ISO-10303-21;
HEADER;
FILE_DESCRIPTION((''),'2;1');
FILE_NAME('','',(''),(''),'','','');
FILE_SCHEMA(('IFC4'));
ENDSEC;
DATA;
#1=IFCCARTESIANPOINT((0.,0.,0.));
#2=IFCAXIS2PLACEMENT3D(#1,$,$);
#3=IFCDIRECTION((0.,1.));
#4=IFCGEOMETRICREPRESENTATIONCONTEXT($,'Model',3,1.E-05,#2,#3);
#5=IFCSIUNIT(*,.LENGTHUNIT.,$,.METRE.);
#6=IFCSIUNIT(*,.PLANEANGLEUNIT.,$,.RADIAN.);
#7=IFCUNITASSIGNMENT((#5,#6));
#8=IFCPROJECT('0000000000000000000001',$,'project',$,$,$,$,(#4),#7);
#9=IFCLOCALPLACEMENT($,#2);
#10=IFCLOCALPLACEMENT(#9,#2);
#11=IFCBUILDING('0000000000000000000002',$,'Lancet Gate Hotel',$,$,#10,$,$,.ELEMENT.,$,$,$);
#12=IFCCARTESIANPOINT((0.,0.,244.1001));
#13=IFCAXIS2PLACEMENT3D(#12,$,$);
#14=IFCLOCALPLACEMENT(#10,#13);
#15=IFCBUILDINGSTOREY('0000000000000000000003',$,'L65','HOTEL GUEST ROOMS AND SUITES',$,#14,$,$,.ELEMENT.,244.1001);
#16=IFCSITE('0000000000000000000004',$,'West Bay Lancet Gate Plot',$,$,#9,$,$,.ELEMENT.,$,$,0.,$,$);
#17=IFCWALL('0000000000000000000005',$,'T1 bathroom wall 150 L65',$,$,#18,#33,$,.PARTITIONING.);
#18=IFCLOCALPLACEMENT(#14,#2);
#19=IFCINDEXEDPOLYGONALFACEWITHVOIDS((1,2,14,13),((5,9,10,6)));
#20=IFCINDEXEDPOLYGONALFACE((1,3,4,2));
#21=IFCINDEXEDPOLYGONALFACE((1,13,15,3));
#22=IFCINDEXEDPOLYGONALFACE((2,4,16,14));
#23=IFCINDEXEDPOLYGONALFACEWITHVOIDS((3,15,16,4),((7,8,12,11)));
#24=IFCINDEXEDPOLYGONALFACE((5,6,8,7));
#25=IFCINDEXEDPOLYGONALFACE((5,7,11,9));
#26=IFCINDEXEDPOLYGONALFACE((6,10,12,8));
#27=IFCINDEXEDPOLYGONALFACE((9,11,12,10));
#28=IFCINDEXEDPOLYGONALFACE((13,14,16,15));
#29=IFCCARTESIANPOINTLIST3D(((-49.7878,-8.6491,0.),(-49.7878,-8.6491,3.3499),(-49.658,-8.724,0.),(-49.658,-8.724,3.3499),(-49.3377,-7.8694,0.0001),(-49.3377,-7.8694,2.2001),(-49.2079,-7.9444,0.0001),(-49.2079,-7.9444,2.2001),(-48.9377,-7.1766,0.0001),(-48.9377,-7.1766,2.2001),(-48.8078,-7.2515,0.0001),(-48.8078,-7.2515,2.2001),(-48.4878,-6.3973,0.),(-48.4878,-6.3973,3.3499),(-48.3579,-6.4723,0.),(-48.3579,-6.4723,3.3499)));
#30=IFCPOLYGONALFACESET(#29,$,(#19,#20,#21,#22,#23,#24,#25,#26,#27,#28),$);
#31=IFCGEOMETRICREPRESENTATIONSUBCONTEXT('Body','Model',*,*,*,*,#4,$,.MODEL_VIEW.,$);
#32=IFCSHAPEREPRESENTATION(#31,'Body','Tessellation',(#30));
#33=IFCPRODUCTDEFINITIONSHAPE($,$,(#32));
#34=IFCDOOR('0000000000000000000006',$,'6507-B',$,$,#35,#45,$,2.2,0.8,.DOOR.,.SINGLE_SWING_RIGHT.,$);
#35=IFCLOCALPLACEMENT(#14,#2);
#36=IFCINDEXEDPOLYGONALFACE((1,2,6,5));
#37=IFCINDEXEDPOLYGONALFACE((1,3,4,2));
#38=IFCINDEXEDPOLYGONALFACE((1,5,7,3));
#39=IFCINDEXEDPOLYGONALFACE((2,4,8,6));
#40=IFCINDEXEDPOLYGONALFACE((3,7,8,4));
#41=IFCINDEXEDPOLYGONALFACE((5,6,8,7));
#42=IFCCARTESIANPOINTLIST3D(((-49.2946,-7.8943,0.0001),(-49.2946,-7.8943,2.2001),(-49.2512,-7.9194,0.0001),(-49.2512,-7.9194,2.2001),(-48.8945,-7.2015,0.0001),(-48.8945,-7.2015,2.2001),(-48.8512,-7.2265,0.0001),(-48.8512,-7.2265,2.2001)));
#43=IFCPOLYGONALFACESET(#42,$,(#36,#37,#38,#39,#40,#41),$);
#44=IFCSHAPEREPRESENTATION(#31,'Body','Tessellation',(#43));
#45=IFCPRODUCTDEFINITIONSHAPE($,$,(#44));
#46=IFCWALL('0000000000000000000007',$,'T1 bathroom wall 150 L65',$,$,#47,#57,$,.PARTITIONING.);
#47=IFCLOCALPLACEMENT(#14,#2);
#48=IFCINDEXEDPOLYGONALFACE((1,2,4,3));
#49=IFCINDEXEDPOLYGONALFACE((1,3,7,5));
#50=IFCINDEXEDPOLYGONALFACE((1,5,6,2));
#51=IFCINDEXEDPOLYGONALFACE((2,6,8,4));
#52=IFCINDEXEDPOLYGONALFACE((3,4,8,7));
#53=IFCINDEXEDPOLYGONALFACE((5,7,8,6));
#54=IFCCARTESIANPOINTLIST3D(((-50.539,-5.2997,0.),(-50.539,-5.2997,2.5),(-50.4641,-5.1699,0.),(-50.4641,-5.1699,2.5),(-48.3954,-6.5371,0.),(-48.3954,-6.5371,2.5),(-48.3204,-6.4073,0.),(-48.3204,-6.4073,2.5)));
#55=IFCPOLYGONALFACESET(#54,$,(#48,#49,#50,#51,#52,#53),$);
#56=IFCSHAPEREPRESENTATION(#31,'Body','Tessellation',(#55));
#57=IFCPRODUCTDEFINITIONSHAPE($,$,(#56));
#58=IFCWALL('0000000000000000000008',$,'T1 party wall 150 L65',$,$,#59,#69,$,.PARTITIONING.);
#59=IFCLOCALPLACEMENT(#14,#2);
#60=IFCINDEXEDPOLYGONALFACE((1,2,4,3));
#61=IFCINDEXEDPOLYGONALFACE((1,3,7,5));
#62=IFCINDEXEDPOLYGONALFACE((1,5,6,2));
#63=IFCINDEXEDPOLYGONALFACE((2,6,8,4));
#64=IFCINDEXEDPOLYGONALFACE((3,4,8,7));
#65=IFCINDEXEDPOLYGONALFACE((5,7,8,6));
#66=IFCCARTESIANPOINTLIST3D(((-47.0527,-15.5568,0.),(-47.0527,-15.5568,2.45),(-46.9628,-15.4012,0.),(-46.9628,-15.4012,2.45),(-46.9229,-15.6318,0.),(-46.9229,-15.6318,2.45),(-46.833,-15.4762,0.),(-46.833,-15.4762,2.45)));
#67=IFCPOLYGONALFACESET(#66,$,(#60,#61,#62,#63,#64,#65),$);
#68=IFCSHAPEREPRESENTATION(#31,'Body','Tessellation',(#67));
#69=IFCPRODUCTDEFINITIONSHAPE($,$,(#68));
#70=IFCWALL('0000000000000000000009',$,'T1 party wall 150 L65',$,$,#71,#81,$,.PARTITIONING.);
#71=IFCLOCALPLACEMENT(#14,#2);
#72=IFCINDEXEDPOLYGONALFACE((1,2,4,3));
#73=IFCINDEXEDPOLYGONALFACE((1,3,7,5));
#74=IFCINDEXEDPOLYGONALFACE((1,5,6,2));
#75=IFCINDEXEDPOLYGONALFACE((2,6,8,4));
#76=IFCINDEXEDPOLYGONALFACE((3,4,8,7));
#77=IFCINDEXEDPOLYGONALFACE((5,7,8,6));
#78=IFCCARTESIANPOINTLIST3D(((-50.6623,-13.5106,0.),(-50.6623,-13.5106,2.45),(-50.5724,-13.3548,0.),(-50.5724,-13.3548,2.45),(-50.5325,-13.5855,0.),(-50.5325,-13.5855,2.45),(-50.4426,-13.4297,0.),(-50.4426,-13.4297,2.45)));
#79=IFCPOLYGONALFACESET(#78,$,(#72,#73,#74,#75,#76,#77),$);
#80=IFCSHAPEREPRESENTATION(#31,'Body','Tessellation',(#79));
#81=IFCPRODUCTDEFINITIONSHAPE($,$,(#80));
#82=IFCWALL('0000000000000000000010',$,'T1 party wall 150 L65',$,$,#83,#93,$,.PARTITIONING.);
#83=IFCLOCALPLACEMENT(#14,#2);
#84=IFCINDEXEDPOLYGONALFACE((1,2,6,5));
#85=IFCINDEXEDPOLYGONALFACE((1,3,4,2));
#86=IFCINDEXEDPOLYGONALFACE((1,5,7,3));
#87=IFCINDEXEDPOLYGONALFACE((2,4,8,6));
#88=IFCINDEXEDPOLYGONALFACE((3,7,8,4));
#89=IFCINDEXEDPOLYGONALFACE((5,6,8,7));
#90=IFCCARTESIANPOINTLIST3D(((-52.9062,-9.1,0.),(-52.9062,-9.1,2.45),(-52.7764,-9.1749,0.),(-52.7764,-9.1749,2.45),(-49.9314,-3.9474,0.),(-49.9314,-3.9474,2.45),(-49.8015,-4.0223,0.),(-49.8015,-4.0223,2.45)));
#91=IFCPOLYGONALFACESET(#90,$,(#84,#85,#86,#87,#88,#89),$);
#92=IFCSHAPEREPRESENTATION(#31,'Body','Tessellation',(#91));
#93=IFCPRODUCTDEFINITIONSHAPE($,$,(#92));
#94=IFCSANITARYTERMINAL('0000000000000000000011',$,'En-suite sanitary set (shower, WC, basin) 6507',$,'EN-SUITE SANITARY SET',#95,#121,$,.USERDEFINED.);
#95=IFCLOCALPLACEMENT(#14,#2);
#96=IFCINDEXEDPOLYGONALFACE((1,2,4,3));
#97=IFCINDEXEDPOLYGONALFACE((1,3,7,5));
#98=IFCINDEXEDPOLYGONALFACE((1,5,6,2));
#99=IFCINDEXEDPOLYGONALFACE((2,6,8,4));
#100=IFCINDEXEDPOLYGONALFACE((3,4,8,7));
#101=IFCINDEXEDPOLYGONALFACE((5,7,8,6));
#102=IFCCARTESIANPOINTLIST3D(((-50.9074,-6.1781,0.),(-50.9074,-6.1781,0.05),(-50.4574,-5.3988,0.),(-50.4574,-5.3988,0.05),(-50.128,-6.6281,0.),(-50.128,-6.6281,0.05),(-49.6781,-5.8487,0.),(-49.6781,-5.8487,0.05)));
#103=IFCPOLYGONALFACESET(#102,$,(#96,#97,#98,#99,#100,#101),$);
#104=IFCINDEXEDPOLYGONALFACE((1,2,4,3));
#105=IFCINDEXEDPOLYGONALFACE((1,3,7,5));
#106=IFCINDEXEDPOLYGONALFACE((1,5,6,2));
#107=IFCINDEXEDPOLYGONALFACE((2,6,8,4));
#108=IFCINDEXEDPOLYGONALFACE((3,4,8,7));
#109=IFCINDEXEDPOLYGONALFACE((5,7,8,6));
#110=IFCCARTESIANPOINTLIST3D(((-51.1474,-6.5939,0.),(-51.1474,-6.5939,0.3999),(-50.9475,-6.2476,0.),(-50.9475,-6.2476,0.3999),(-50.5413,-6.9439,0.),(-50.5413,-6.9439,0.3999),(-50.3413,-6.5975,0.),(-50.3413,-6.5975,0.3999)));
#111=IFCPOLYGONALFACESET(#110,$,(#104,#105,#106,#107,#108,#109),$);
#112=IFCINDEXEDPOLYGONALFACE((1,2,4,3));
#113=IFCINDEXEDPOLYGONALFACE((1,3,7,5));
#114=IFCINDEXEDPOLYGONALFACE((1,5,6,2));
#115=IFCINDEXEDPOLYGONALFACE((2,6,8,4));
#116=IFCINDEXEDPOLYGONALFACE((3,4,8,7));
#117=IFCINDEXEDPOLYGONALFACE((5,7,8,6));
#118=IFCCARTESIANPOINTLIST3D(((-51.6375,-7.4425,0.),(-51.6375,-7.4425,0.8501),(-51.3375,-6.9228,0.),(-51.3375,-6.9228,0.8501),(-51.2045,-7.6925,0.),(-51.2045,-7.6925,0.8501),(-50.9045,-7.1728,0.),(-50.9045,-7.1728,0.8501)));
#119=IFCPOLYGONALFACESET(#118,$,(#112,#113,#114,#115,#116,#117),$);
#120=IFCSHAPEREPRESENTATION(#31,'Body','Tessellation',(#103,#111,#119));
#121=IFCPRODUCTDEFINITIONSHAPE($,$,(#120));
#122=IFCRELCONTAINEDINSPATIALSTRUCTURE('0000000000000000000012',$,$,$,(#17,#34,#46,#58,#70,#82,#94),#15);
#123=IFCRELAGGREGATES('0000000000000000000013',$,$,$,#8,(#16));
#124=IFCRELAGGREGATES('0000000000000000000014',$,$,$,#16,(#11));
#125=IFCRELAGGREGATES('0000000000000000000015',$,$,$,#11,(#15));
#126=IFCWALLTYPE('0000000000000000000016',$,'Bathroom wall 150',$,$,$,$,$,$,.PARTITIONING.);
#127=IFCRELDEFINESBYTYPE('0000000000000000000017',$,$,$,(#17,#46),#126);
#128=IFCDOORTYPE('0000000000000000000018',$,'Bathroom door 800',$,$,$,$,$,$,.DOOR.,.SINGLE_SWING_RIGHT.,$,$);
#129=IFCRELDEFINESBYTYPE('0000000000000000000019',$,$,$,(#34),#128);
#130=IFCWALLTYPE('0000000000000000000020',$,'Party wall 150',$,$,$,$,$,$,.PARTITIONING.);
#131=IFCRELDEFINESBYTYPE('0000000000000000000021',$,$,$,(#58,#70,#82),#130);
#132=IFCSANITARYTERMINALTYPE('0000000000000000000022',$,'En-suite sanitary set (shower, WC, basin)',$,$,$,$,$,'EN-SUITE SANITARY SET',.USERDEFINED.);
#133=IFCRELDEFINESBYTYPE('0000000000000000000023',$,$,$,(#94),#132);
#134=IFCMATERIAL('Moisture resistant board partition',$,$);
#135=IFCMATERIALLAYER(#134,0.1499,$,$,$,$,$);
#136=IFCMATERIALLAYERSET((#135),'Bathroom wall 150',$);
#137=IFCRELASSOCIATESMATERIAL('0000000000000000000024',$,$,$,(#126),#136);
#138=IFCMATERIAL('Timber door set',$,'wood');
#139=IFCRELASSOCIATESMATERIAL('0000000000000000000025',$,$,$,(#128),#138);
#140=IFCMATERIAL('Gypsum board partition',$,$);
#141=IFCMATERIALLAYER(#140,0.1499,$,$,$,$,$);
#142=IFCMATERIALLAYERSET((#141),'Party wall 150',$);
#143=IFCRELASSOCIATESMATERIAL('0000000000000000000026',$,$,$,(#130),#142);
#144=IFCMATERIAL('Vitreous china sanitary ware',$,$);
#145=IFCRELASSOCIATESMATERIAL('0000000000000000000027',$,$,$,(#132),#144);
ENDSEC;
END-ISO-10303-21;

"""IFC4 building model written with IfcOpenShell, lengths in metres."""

from ifc_helpers import new_model, si_unit, direction, frame, frame_2d, origin, origin_2d, place, context, subcontext, project, spatial, rectangle, extrude, material, layer, layer_set, type_object, element, fill, save


model = new_model("IFC4")

# Units and contexts
model_context = context("Model", 3, precision=1e-05, world=origin(), true_north=direction((0.0, 1.0)))
body_context = subcontext(model_context, "Body", "Model", "MODEL_VIEW")
ifc_project = project(units=[si_unit("LENGTHUNIT", "METRE"), si_unit("PLANEANGLEUNIT", "RADIAN")], contexts=[model_context])

# Site, building, storey
site_placement = place(None, origin())
site = spatial("IfcSite", under=ifc_project, at=site_placement, Name="West Bay Lancet Gate Plot", CompositionType="ELEMENT", RefElevation=0.0)
building_placement = place(site_placement, origin())
building = spatial("IfcBuilding", under=site, at=building_placement, Name="Lancet Gate Hotel", CompositionType="ELEMENT")
storey_placement = place(building_placement, frame((0.0, 0.0, 244.1001)))
storey = spatial("IfcBuildingStorey", under=building, at=storey_placement, Name="L65", Description="HOTEL GUEST ROOMS AND SUITES", CompositionType="ELEMENT", Elevation=244.1001)

# Shared definitions
ifc_material_1 = material(Name="Moisture resistant board partition")
ifc_layer_1 = layer(ifc_material_1, 0.1499)
ifc_layer_set_1 = layer_set([ifc_layer_1], Name="Bathroom wall 150")
wall_type_1 = type_object("IfcWallType", Name="Bathroom wall 150", PredefinedType="PARTITIONING", material=ifc_layer_set_1)

# Wall, opening, door
wall_1_placement = place(storey_placement, frame((-48.4229, -6.4348, 0.0), z_axis=(0.0, 0.0, 1.0), x_axis=(-0.500007, -0.866021, 0.0)))
wall_1 = element("IfcWall", 1, at=wall_1_placement, inside=storey, type_object=wall_type_1, Name="T1 bathroom wall 150 L65", PredefinedType="PARTITIONING", context=body_context, shape_type="SweptSolid", body=[
    extrude(rectangle(XDim=2.6001, YDim=0.1499, at=frame_2d((1.3, 0.0))), origin(), (0.0, 0.0, 1.0), 3.3499),
])
opening_placement = place(wall_1_placement, frame((0.8999, 0.0, 0.0)))
opening = element("IfcOpeningElement", 2, at=opening_placement, cuts=wall_1, PredefinedType="OPENING", context=body_context, shape_type="SweptSolid", body=[
    extrude(rectangle(XDim=0.8, YDim=2.2, at=frame_2d((0.3999, 1.1001))), frame((0.0, 0.085, 0.0), z_axis=(0.0, -1.0, 0.0), x_axis=(1.0, 0.0, 0.0)), (0.0, 0.0, 1.0), 0.1699),
])
ifc_material_2 = material(Name="Timber door set", Category="wood")
door_type = type_object("IfcDoorType", Name="Bathroom door 800", OperationType="SINGLE_SWING_RIGHT", PredefinedType="DOOR", material=ifc_material_2)
door_placement = place(opening_placement, origin())
door = element("IfcDoor", 3, at=door_placement, inside=storey, type_object=door_type, Name="6507-B", OperationType="SINGLE_SWING_RIGHT", OverallHeight=2.2, OverallWidth=0.8, PredefinedType="DOOR", context=body_context, shape_type="SweptSolid", body=[
    extrude(rectangle(XDim=0.8, YDim=2.2, at=frame_2d((0.3999, 1.1001))), frame((0.0, 0.0249, 0.0), z_axis=(0.0, -1.0, 0.0), x_axis=(1.0, 0.0, 0.0)), (0.0, 0.0, 1.0), 0.05),
])
fill(opening, door)

# Walls
wall_2_placement = place(storey_placement, frame((-48.3579, -6.4722, 0.0), z_axis=(0.0, 0.0, 1.0), x_axis=(-0.866074, 0.499916, 0.0)))
element("IfcWall", 4, at=wall_2_placement, inside=storey, type_object=wall_type_1, Name="T1 bathroom wall 150 L65", PredefinedType="PARTITIONING", context=body_context, shape_type="SweptSolid", body=[
    extrude(rectangle(XDim=2.4751, YDim=0.1499, at=frame_2d((1.2375, 0.0))), origin(), (0.0, 0.0, 1.0), 2.5),
])
ifc_material_3 = material(Name="Gypsum board partition")
ifc_layer_2 = layer(ifc_material_3, 0.1499)
ifc_layer_set_2 = layer_set([ifc_layer_2], Name="Party wall 150")
wall_type_2 = type_object("IfcWallType", Name="Party wall 150", PredefinedType="PARTITIONING", material=ifc_layer_set_2)
wall_3_placement = place(storey_placement, frame((-46.8979, -15.4387, 0.0), z_axis=(0.0, 0.0, 1.0), x_axis=(-0.500232, -0.865891, 0.0)))
element("IfcWall", 5, at=wall_3_placement, inside=storey, type_object=wall_type_2, Name="T1 party wall 150 L65", PredefinedType="PARTITIONING", context=body_context, shape_type="SweptSolid", body=[
    extrude(rectangle(XDim=0.1797, YDim=0.1499, at=frame_2d((0.0898, 0.0))), origin(), (0.0, 0.0, 1.0), 2.45),
])
wall_4_placement = place(storey_placement, frame((-50.5076, -13.3923, 0.0), z_axis=(0.0, 0.0, 1.0), x_axis=(-0.499644, -0.866231, 0.0)))
element("IfcWall", 6, at=wall_4_placement, inside=storey, type_object=wall_type_2, Name="T1 party wall 150 L65", PredefinedType="PARTITIONING", context=body_context, shape_type="SweptSolid", body=[
    extrude(rectangle(XDim=0.1799, YDim=0.1499, at=frame_2d((0.0898, 0.0))), origin(), (0.0, 0.0, 1.0), 2.45),
])
wall_5_placement = place(storey_placement, frame((-49.8665, -3.9849, 0.0), z_axis=(0.0, 0.0, 1.0), x_axis=(-0.500001, -0.866025, 0.0)))
element("IfcWall", 7, at=wall_5_placement, inside=storey, type_object=wall_type_2, Name="T1 party wall 150 L65", PredefinedType="PARTITIONING", context=body_context, shape_type="SweptSolid", body=[
    extrude(rectangle(XDim=5.9497, YDim=0.1499, at=frame_2d((2.9749, 0.0))), origin(), (0.0, 0.0, 1.0), 2.45),
])

# Sanitary terminal
ifc_material_4 = material(Name="Vitreous china sanitary ware")
sanitary_terminal_type = type_object("IfcSanitaryTerminalType", Name="En-suite sanitary set (shower, WC, basin)", ElementType="EN-SUITE SANITARY SET", PredefinedType="USERDEFINED", material=ifc_material_4)
sanitary_terminal_placement = place(storey_placement, frame((-50.2927, -6.0134, 0.0), z_axis=(0.0, 0.0, 1.0), x_axis=(1.0, 0.0, 0.0)))
element("IfcSanitaryTerminal", 8, at=sanitary_terminal_placement, inside=storey, type_object=sanitary_terminal_type, Name="En-suite sanitary set (shower, WC, basin) 6507", ObjectType="EN-SUITE SANITARY SET", PredefinedType="USERDEFINED", context=body_context, shape_type="SweptSolid", body=[
    extrude(rectangle(XDim=0.8999, YDim=0.8999, at=origin_2d()), frame((0.0, 0.0, 0.0), z_axis=(0.0, 0.0, 1.0), x_axis=(0.5, 0.866025, 0.0)), (0.0, 0.0, 1.0), 0.05),
    extrude(rectangle(XDim=0.3999, YDim=0.7, at=origin_2d()), frame((-0.4517, -0.5823, 0.0), z_axis=(0.0, 0.0, 1.0), x_axis=(0.5, 0.866025, 0.0)), (0.0, 0.0, 1.0), 0.3999),
    extrude(rectangle(XDim=0.6001, YDim=0.5, at=origin_2d()), frame((-0.9783, -1.2942, 0.0), z_axis=(0.0, 0.0, 1.0), x_axis=(0.5, 0.866025, 0.0)), (0.0, 0.0, 1.0), 0.8501),
])

save(model, "model.ifc")
